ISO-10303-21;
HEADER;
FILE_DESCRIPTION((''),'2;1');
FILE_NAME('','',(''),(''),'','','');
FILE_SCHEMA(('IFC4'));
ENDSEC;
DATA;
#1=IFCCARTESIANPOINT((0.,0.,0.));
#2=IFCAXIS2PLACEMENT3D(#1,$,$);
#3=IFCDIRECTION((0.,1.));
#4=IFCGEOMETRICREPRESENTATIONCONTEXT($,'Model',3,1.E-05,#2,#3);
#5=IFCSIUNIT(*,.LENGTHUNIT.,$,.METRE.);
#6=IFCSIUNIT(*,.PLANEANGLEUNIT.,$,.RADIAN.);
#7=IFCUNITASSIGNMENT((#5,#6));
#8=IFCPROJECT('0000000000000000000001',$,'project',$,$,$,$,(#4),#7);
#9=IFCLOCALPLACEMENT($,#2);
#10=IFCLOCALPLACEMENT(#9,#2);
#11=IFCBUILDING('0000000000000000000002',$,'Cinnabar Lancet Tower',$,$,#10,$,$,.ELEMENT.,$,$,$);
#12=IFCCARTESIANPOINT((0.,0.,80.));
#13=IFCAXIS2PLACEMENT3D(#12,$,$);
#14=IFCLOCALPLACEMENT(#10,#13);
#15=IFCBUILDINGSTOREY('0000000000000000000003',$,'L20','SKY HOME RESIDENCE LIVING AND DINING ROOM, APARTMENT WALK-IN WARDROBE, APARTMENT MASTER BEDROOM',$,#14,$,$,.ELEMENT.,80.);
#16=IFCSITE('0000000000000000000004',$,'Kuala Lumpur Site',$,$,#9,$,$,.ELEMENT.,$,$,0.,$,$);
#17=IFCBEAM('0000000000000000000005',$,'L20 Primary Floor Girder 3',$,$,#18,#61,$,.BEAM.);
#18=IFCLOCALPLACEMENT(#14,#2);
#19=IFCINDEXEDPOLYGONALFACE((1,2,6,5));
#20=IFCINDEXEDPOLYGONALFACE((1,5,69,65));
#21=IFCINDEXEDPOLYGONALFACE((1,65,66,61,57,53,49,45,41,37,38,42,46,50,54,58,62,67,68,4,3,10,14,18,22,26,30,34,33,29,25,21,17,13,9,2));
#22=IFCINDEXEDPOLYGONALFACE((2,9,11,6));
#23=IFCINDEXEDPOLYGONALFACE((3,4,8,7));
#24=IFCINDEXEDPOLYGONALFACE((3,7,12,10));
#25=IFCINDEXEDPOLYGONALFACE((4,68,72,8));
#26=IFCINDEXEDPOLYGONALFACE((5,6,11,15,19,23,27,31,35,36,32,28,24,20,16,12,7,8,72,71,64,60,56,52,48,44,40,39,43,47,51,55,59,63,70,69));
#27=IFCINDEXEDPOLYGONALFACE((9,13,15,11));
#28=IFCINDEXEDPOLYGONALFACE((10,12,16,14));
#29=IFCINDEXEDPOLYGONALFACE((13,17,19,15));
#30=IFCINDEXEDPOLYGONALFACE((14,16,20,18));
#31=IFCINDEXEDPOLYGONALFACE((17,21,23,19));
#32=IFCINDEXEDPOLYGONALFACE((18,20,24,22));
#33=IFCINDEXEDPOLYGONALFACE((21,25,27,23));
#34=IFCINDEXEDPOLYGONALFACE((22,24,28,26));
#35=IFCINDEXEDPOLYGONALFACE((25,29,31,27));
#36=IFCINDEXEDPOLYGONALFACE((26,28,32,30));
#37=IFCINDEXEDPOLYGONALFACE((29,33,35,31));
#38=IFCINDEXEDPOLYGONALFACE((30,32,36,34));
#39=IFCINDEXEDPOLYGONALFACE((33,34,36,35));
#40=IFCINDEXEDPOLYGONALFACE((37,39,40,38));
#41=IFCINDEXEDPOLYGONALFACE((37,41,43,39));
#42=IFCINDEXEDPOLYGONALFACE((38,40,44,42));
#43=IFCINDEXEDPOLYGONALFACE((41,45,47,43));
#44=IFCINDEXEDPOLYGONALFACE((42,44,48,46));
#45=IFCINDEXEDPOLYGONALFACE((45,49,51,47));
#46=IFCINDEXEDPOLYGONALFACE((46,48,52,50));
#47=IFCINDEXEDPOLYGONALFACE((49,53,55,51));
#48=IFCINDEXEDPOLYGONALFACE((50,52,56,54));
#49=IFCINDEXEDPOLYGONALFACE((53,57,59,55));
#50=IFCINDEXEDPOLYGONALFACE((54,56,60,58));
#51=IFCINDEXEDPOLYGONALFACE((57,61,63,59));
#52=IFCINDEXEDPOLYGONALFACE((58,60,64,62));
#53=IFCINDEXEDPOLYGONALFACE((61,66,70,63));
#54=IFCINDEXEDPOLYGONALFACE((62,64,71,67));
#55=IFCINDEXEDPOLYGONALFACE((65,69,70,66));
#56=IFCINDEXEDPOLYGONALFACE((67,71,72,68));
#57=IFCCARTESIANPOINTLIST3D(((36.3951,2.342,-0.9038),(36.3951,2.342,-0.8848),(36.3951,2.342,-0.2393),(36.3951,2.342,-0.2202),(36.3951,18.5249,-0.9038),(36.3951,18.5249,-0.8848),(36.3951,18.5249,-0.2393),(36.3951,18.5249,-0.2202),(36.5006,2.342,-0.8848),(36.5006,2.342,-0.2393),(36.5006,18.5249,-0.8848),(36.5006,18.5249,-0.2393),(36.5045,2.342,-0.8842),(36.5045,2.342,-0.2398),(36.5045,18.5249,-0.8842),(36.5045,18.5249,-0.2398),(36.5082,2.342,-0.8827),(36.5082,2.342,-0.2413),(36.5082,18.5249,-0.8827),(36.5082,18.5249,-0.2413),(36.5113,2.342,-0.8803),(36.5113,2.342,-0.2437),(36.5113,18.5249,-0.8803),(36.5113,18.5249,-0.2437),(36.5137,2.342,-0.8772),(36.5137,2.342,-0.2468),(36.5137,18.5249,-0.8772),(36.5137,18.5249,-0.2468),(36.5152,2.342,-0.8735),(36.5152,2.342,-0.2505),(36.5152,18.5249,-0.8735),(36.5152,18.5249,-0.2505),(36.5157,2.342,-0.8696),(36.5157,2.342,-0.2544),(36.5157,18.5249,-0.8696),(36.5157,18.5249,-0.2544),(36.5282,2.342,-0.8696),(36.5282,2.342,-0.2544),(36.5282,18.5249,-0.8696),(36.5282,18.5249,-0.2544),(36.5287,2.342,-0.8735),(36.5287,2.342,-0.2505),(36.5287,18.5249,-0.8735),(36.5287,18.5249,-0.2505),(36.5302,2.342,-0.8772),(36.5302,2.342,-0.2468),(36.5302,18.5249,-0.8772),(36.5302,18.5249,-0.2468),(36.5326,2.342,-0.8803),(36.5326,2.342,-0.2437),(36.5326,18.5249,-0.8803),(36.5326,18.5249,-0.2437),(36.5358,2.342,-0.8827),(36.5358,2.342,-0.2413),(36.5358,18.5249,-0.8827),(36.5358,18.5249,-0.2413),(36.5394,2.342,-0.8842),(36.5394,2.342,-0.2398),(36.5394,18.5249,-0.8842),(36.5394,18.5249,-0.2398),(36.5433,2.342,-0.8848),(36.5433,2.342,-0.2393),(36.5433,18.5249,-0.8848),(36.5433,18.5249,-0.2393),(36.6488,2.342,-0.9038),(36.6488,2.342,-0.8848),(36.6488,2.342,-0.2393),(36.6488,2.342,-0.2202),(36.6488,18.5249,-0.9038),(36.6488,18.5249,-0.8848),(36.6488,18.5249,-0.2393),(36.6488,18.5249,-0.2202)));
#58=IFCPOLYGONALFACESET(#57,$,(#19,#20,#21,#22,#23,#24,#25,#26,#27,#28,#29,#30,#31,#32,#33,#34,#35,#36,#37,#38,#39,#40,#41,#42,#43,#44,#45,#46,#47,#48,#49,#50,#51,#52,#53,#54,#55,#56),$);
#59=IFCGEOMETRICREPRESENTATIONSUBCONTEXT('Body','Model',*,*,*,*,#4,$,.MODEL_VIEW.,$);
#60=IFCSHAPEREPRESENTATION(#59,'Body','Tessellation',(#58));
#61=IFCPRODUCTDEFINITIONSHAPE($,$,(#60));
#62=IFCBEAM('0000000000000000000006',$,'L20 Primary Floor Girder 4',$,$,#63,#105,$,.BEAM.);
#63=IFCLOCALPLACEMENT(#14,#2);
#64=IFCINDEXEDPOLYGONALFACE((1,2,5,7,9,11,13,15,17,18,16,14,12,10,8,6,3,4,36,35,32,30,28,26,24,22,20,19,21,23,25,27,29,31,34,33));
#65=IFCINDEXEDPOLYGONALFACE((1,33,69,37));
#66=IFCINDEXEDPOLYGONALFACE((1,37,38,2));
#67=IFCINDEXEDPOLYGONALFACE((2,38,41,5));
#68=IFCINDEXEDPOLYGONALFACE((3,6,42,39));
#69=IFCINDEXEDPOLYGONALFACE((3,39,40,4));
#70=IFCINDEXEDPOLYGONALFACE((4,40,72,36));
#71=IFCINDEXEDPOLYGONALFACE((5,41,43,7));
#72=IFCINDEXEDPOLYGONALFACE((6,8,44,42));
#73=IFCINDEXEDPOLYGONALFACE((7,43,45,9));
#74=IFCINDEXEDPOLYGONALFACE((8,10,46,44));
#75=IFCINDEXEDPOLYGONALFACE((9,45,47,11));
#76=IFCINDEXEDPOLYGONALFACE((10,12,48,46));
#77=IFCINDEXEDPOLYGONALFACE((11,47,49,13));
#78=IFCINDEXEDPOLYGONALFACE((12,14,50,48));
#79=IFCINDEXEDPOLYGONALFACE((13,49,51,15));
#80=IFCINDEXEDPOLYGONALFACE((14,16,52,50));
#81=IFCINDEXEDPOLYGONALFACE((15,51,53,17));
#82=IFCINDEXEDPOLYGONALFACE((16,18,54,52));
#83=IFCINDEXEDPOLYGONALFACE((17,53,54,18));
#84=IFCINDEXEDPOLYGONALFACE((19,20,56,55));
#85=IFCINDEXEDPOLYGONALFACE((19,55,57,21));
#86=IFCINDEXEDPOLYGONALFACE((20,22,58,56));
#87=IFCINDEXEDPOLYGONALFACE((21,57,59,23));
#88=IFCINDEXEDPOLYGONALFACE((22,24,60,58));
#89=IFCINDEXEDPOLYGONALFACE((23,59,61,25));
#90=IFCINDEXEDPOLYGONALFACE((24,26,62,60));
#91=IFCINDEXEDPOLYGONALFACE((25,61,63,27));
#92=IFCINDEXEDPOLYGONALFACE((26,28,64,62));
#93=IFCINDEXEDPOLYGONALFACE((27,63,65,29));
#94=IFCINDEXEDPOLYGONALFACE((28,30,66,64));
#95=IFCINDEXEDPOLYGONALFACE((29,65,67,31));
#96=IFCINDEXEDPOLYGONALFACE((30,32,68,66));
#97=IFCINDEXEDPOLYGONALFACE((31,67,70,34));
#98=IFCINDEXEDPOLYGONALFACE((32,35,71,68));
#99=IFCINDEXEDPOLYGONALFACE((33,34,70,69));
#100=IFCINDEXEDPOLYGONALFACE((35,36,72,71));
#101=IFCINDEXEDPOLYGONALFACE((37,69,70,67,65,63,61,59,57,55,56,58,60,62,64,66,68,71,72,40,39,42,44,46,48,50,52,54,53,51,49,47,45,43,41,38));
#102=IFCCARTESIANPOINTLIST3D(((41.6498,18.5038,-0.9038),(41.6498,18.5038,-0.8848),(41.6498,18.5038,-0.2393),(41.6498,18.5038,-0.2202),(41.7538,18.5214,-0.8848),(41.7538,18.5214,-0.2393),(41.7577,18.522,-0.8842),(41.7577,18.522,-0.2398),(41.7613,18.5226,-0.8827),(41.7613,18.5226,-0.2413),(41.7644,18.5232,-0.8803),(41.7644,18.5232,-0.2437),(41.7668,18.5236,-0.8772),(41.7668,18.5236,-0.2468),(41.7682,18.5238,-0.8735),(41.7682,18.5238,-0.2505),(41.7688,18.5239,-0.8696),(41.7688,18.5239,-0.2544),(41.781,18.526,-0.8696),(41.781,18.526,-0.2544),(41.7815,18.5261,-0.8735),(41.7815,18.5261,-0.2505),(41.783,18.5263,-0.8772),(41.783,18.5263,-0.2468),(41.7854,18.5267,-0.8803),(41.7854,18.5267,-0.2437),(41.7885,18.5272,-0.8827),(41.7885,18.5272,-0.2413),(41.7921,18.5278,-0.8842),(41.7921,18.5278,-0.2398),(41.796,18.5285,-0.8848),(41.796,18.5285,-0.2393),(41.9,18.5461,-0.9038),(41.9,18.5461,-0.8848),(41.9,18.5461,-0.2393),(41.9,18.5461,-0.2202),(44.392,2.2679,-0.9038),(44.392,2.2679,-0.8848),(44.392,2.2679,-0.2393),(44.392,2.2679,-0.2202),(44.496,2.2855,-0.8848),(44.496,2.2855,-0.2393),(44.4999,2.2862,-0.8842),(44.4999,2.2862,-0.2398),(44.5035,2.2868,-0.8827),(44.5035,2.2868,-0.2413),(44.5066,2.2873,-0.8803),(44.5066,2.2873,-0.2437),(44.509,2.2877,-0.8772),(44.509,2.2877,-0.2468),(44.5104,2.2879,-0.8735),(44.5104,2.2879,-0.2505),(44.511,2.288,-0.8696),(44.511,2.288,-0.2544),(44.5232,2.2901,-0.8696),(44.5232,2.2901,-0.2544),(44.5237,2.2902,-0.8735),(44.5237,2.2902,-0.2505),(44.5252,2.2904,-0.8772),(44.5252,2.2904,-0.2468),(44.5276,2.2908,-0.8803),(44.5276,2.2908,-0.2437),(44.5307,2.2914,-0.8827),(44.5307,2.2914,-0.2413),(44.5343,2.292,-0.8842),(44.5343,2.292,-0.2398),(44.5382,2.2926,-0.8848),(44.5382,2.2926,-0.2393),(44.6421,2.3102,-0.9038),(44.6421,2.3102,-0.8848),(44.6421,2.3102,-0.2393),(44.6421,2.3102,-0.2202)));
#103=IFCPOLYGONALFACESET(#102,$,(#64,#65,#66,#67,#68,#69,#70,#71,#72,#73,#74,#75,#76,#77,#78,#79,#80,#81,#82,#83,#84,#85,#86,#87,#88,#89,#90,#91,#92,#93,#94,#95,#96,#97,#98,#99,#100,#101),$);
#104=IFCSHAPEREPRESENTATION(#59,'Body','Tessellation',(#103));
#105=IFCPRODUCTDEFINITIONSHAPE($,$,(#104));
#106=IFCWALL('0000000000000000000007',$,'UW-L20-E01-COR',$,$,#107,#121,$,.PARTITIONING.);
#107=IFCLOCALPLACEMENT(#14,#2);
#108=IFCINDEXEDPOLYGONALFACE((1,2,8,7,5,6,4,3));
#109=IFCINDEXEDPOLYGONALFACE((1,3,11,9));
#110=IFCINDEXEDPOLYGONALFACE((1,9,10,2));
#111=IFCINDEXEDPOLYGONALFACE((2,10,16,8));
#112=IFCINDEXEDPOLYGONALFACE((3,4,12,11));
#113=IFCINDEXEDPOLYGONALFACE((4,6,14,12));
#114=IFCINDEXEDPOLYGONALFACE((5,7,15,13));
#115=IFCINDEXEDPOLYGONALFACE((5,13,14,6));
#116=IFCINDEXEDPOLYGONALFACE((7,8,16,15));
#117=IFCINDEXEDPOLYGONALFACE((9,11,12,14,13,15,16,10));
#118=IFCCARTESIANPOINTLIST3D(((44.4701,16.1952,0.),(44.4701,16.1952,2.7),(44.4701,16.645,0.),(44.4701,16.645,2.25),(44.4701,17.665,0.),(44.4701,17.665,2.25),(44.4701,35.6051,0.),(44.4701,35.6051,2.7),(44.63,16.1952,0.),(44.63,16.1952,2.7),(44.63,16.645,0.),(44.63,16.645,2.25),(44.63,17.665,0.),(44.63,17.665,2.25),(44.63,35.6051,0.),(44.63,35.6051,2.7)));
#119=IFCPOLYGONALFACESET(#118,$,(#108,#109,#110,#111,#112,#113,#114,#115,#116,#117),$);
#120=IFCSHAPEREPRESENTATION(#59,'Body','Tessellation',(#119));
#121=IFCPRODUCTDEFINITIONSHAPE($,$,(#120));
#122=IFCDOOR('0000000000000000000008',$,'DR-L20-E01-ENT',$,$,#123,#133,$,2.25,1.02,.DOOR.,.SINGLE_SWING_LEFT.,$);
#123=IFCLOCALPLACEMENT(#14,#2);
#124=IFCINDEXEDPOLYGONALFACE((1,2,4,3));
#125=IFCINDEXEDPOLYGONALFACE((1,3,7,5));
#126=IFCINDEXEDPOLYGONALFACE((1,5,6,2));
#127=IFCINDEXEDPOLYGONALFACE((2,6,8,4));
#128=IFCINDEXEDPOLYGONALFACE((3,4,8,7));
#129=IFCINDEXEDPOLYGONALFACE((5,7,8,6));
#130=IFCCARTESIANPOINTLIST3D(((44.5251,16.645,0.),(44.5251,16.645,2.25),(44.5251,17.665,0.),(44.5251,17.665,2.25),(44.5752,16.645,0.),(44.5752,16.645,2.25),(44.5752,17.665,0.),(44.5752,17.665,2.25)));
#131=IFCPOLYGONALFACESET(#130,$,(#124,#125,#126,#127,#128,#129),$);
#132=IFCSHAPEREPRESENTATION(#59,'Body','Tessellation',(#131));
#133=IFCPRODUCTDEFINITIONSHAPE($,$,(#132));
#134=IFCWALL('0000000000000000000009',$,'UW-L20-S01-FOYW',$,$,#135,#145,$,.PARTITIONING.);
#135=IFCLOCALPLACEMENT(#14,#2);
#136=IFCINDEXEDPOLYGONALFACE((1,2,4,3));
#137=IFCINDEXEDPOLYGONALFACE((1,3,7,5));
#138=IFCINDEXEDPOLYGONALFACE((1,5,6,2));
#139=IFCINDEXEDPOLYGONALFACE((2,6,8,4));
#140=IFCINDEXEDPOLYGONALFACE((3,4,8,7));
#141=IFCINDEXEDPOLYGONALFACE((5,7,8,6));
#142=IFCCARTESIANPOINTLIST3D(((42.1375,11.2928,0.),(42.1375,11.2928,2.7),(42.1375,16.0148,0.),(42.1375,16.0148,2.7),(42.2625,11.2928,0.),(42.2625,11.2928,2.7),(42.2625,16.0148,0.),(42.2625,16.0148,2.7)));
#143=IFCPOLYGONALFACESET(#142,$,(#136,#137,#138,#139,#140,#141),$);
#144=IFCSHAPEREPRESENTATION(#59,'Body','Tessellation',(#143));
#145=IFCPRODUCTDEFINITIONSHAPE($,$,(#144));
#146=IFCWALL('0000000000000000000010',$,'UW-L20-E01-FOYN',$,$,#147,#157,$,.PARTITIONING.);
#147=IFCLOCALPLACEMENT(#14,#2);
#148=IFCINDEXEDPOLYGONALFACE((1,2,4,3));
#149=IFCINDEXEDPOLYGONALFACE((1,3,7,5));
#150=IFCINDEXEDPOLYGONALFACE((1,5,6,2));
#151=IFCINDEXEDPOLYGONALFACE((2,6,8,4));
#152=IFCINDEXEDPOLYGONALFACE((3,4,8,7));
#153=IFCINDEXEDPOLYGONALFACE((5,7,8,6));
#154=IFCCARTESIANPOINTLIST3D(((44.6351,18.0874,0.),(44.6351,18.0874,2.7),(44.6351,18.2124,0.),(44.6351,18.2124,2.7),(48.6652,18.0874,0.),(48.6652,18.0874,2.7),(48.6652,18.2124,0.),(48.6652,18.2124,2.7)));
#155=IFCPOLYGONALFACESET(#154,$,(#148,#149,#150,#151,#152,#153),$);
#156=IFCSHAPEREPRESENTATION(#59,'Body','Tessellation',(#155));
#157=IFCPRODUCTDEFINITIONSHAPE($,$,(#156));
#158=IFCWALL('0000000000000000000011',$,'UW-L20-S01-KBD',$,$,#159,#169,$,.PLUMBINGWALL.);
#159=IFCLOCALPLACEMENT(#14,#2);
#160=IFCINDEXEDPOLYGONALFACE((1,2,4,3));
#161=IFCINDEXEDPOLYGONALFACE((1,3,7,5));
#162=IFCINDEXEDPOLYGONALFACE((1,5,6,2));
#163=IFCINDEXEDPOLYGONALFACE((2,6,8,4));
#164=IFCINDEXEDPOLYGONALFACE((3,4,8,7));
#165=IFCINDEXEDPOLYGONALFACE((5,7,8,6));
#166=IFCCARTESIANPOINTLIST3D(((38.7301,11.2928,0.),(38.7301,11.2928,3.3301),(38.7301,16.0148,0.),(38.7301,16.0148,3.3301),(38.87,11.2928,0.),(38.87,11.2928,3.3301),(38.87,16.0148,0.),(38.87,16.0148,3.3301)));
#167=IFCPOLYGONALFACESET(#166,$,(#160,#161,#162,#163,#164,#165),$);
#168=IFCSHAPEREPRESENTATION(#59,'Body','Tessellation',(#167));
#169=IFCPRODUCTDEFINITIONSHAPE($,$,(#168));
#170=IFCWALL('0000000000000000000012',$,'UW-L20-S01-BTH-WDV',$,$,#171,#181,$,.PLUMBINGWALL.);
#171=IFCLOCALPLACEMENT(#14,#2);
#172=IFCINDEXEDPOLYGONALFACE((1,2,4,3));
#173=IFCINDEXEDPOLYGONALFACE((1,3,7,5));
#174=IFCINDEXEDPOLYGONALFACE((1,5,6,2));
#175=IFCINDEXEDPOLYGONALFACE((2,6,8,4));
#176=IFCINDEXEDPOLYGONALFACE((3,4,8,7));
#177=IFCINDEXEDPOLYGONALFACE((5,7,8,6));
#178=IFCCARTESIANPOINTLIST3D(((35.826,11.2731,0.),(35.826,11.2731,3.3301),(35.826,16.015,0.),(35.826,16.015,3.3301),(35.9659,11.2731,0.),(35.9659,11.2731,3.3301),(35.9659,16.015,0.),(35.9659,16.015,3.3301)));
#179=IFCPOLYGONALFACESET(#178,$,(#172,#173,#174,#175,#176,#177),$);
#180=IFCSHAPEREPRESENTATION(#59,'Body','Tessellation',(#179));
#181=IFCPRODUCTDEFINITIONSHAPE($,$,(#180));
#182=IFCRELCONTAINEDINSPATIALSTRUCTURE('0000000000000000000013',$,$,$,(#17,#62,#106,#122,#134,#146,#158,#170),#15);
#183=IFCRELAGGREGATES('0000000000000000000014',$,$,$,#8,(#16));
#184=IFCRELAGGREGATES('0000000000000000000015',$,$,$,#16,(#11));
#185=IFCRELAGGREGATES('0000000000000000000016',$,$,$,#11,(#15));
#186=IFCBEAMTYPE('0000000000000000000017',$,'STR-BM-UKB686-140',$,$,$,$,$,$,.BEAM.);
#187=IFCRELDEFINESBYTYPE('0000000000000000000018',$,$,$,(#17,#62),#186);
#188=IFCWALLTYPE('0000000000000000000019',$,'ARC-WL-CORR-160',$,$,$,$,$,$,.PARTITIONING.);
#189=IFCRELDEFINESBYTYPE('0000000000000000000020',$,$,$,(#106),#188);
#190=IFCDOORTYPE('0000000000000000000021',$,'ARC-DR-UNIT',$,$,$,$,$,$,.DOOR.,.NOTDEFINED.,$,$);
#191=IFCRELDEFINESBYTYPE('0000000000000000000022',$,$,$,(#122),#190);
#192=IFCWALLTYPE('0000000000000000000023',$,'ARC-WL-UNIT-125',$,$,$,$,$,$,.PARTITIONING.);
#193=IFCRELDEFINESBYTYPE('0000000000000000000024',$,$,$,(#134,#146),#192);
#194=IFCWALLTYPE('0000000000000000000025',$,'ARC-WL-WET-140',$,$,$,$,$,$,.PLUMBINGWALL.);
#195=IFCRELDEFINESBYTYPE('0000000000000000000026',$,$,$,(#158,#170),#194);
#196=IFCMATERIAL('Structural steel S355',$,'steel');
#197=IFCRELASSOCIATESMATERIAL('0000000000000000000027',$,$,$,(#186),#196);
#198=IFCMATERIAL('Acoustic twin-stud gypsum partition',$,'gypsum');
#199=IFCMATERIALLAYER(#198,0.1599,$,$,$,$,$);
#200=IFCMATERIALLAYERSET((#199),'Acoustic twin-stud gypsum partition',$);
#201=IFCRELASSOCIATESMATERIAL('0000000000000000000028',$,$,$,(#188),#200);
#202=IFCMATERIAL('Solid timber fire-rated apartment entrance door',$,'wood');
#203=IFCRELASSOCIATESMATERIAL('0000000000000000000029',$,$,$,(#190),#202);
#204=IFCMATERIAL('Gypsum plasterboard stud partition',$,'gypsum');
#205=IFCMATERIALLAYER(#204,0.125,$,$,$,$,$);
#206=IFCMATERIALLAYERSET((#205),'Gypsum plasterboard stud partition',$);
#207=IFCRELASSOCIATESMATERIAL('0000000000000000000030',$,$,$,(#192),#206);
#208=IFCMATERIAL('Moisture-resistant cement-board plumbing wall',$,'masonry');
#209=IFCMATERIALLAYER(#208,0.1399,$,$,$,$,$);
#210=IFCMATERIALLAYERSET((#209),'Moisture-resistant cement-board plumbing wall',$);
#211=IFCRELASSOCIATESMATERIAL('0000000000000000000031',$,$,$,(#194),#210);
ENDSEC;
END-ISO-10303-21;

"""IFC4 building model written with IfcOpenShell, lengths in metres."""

from ifc_helpers import new_model, si_unit, direction, frame, frame_2d, origin, origin_2d, place, context, subcontext, project, spatial, rectangle, i_section, extrude, material, layer, layer_set, material_profile, profile_set, type_object, element, fill, save


model = new_model("IFC4")

# Units and contexts
model_context = context("Model", 3, precision=1e-05, world=origin(), true_north=direction((0.0, 1.0)))
body_context = subcontext(model_context, "Body", "Model", "MODEL_VIEW")
ifc_project = project(units=[si_unit("LENGTHUNIT", "METRE"), si_unit("PLANEANGLEUNIT", "RADIAN")], contexts=[model_context])

# Site, building, storey
site_placement = place(None, origin())
site = spatial("IfcSite", under=ifc_project, at=site_placement, Name="Kuala Lumpur Site", CompositionType="ELEMENT", RefElevation=0.0)
building_placement = place(site_placement, origin())
building = spatial("IfcBuilding", under=site, at=building_placement, Name="Cinnabar Lancet Tower", CompositionType="ELEMENT")
storey_placement = place(building_placement, frame((0.0, 0.0, 80.0)))
storey = spatial("IfcBuildingStorey", under=building, at=storey_placement, Name="L20", Description="SKY HOME RESIDENCE LIVING AND DINING ROOM, APARTMENT WALK-IN WARDROBE, APARTMENT MASTER BEDROOM", CompositionType="ELEMENT", Elevation=80.0)

# Beams
ifc_material_1 = material(Name="Structural steel S355", Category="steel")
ifc_material_profile_1 = material_profile(ifc_material_1, i_section(OverallWidth=0.2537, OverallDepth=0.6836, WebThickness=0.0125, FlangeThickness=0.019, FilletRadius=0.0151, at=origin_2d()), Name="UKB 686x254x140")
ifc_profile_set_1 = profile_set([ifc_material_profile_1], Name="Structural steel S355")
beam_type_1 = type_object("IfcBeamType", Name="STR-BM-UKB686-140", PredefinedType="BEAM", material=ifc_profile_set_1)
beam_1_placement = place(storey_placement, frame((36.522, 2.342, -0.562), z_axis=(0.0, 1.0, 0.0), x_axis=(-1.0, 0.0, 0.0)))
element("IfcBeam", 1, at=beam_1_placement, inside=storey, type_object=beam_type_1, Name="L20 Primary Floor Girder 3", PredefinedType="BEAM", context=body_context, shape_type="SweptSolid", body=[
    extrude(i_section(OverallWidth=0.2537, OverallDepth=0.6836, WebThickness=0.0125, FlangeThickness=0.019, FilletRadius=0.0151, at=origin_2d()), origin(), (0.0, 0.0, 1.0), 16.1829),
])
beam_2_placement = place(storey_placement, frame((44.5171, 2.2891, -0.562), z_axis=(-0.166539, 0.986035, 0.0), x_axis=(-0.986035, -0.166539, 0.0)))
element("IfcBeam", 2, at=beam_2_placement, inside=storey, type_object=beam_type_1, Name="L20 Primary Floor Girder 4", PredefinedType="BEAM", context=body_context, shape_type="SweptSolid", body=[
    extrude(i_section(OverallWidth=0.2537, OverallDepth=0.6836, WebThickness=0.0125, FlangeThickness=0.019, FilletRadius=0.0151, at=origin_2d()), origin(), (0.0, 0.0, 1.0), 16.4658),
])

# Wall, opening, door
ifc_material_2 = material(Name="Acoustic twin-stud gypsum partition", Category="gypsum")
ifc_layer_1 = layer(ifc_material_2, 0.1599)
ifc_layer_set_1 = layer_set([ifc_layer_1], Name="Acoustic twin-stud gypsum partition")
wall_type_1 = type_object("IfcWallType", Name="ARC-WL-CORR-160", PredefinedType="PARTITIONING", material=ifc_layer_set_1)
wall_1_placement = place(storey_placement, frame((44.55, 16.1951, 0.0), z_axis=(0.0, 0.0, 1.0), x_axis=(0.0, 1.0, 0.0)))
wall_1 = element("IfcWall", 3, at=wall_1_placement, inside=storey, type_object=wall_type_1, Name="UW-L20-E01-COR", PredefinedType="PARTITIONING", context=body_context, shape_type="SweptSolid", body=[
    extrude(rectangle(XDim=19.4099, YDim=0.1599, at=frame_2d((9.7051, 0.0))), origin(), (0.0, 0.0, 1.0), 2.7),
])
opening_1_placement = place(wall_1_placement, frame((0.45, 0.0, 0.0)))
opening_1 = element("IfcOpeningElement", 4, at=opening_1_placement, cuts=wall_1, PredefinedType="OPENING", context=body_context, shape_type="SweptSolid", body=[
    extrude(rectangle(XDim=1.02, YDim=2.25, at=frame_2d((0.51, 1.125))), frame((0.0, 0.0898, 0.0), z_axis=(0.0, -1.0, 0.0), x_axis=(1.0, 0.0, 0.0)), (0.0, 0.0, 1.0), 0.1799),
])
ifc_material_3 = material(Name="Solid timber fire-rated apartment entrance door", Category="wood")
door_type = type_object("IfcDoorType", Name="ARC-DR-UNIT", OperationType="NOTDEFINED", PredefinedType="DOOR", material=ifc_material_3)
door_placement = place(opening_1_placement, origin())
door = element("IfcDoor", 5, at=door_placement, inside=storey, type_object=door_type, Name="DR-L20-E01-ENT", OperationType="SINGLE_SWING_LEFT", OverallHeight=2.25, OverallWidth=1.02, PredefinedType="DOOR", context=body_context, shape_type="SweptSolid", body=[
    extrude(rectangle(XDim=1.02, YDim=2.25, at=frame_2d((0.51, 1.125))), frame((0.0, 0.0249, 0.0), z_axis=(0.0, -1.0, 0.0), x_axis=(1.0, 0.0, 0.0)), (0.0, 0.0, 1.0), 0.05),
])
fill(opening_1, door)

# Walls
ifc_material_4 = material(Name="Gypsum plasterboard stud partition", Category="gypsum")
ifc_layer_2 = layer(ifc_material_4, 0.125)
ifc_layer_set_2 = layer_set([ifc_layer_2], Name="Gypsum plasterboard stud partition")
wall_type_2 = type_object("IfcWallType", Name="ARC-WL-UNIT-125", PredefinedType="PARTITIONING", material=ifc_layer_set_2)
wall_2_placement = place(storey_placement, frame((42.2, 11.293, 0.0), z_axis=(0.0, 0.0, 1.0), x_axis=(0.0, 1.0, 0.0)))
element("IfcWall", 6, at=wall_2_placement, inside=storey, type_object=wall_type_2, Name="UW-L20-S01-FOYW", PredefinedType="PARTITIONING", context=body_context, shape_type="SweptSolid", body=[
    extrude(rectangle(XDim=4.7219, YDim=0.125, at=frame_2d((2.3608, 0.0))), origin(), (0.0, 0.0, 1.0), 2.7),
])
wall_3_placement = place(storey_placement, frame((44.635, 18.1499, 0.0), z_axis=(0.0, 0.0, 1.0), x_axis=(1.0, 0.0, 0.0)))
element("IfcWall", 7, at=wall_3_placement, inside=storey, type_object=wall_type_2, Name="UW-L20-E01-FOYN", PredefinedType="PARTITIONING", context=body_context, shape_type="SweptSolid", body=[
    extrude(rectangle(XDim=4.03, YDim=0.125, at=frame_2d((2.0151, 0.0))), origin(), (0.0, 0.0, 1.0), 2.7),
])
ifc_material_5 = material(Name="Moisture-resistant cement-board plumbing wall", Category="masonry")
ifc_layer_3 = layer(ifc_material_5, 0.1399)
ifc_layer_set_3 = layer_set([ifc_layer_3], Name="Moisture-resistant cement-board plumbing wall")
wall_type_3 = type_object("IfcWallType", Name="ARC-WL-WET-140", PredefinedType="PLUMBINGWALL", material=ifc_layer_set_3)
wall_4_placement = place(storey_placement, frame((38.8, 11.293, 0.0), z_axis=(0.0, 0.0, 1.0), x_axis=(0.0, 1.0, 0.0)))
element("IfcWall", 8, at=wall_4_placement, inside=storey, type_object=wall_type_3, Name="UW-L20-S01-KBD", PredefinedType="PLUMBINGWALL", context=body_context, shape_type="SweptSolid", body=[
    extrude(rectangle(XDim=4.7219, YDim=0.1399, at=frame_2d((2.3608, 0.0))), origin(), (0.0, 0.0, 1.0), 3.3301),
])
wall_5_placement = place(storey_placement, frame((35.896, 11.2729, 0.0), z_axis=(0.0, 0.0, 1.0), x_axis=(0.0, 1.0, 0.0)))
element("IfcWall", 9, at=wall_5_placement, inside=storey, type_object=wall_type_3, Name="UW-L20-S01-BTH-WDV", PredefinedType="PLUMBINGWALL", context=body_context, shape_type="SweptSolid", body=[
    extrude(rectangle(XDim=4.7419, YDim=0.1399, at=frame_2d((2.3711, 0.0))), origin(), (0.0, 0.0, 1.0), 3.3301),
])

save(model, "model.ifc")
